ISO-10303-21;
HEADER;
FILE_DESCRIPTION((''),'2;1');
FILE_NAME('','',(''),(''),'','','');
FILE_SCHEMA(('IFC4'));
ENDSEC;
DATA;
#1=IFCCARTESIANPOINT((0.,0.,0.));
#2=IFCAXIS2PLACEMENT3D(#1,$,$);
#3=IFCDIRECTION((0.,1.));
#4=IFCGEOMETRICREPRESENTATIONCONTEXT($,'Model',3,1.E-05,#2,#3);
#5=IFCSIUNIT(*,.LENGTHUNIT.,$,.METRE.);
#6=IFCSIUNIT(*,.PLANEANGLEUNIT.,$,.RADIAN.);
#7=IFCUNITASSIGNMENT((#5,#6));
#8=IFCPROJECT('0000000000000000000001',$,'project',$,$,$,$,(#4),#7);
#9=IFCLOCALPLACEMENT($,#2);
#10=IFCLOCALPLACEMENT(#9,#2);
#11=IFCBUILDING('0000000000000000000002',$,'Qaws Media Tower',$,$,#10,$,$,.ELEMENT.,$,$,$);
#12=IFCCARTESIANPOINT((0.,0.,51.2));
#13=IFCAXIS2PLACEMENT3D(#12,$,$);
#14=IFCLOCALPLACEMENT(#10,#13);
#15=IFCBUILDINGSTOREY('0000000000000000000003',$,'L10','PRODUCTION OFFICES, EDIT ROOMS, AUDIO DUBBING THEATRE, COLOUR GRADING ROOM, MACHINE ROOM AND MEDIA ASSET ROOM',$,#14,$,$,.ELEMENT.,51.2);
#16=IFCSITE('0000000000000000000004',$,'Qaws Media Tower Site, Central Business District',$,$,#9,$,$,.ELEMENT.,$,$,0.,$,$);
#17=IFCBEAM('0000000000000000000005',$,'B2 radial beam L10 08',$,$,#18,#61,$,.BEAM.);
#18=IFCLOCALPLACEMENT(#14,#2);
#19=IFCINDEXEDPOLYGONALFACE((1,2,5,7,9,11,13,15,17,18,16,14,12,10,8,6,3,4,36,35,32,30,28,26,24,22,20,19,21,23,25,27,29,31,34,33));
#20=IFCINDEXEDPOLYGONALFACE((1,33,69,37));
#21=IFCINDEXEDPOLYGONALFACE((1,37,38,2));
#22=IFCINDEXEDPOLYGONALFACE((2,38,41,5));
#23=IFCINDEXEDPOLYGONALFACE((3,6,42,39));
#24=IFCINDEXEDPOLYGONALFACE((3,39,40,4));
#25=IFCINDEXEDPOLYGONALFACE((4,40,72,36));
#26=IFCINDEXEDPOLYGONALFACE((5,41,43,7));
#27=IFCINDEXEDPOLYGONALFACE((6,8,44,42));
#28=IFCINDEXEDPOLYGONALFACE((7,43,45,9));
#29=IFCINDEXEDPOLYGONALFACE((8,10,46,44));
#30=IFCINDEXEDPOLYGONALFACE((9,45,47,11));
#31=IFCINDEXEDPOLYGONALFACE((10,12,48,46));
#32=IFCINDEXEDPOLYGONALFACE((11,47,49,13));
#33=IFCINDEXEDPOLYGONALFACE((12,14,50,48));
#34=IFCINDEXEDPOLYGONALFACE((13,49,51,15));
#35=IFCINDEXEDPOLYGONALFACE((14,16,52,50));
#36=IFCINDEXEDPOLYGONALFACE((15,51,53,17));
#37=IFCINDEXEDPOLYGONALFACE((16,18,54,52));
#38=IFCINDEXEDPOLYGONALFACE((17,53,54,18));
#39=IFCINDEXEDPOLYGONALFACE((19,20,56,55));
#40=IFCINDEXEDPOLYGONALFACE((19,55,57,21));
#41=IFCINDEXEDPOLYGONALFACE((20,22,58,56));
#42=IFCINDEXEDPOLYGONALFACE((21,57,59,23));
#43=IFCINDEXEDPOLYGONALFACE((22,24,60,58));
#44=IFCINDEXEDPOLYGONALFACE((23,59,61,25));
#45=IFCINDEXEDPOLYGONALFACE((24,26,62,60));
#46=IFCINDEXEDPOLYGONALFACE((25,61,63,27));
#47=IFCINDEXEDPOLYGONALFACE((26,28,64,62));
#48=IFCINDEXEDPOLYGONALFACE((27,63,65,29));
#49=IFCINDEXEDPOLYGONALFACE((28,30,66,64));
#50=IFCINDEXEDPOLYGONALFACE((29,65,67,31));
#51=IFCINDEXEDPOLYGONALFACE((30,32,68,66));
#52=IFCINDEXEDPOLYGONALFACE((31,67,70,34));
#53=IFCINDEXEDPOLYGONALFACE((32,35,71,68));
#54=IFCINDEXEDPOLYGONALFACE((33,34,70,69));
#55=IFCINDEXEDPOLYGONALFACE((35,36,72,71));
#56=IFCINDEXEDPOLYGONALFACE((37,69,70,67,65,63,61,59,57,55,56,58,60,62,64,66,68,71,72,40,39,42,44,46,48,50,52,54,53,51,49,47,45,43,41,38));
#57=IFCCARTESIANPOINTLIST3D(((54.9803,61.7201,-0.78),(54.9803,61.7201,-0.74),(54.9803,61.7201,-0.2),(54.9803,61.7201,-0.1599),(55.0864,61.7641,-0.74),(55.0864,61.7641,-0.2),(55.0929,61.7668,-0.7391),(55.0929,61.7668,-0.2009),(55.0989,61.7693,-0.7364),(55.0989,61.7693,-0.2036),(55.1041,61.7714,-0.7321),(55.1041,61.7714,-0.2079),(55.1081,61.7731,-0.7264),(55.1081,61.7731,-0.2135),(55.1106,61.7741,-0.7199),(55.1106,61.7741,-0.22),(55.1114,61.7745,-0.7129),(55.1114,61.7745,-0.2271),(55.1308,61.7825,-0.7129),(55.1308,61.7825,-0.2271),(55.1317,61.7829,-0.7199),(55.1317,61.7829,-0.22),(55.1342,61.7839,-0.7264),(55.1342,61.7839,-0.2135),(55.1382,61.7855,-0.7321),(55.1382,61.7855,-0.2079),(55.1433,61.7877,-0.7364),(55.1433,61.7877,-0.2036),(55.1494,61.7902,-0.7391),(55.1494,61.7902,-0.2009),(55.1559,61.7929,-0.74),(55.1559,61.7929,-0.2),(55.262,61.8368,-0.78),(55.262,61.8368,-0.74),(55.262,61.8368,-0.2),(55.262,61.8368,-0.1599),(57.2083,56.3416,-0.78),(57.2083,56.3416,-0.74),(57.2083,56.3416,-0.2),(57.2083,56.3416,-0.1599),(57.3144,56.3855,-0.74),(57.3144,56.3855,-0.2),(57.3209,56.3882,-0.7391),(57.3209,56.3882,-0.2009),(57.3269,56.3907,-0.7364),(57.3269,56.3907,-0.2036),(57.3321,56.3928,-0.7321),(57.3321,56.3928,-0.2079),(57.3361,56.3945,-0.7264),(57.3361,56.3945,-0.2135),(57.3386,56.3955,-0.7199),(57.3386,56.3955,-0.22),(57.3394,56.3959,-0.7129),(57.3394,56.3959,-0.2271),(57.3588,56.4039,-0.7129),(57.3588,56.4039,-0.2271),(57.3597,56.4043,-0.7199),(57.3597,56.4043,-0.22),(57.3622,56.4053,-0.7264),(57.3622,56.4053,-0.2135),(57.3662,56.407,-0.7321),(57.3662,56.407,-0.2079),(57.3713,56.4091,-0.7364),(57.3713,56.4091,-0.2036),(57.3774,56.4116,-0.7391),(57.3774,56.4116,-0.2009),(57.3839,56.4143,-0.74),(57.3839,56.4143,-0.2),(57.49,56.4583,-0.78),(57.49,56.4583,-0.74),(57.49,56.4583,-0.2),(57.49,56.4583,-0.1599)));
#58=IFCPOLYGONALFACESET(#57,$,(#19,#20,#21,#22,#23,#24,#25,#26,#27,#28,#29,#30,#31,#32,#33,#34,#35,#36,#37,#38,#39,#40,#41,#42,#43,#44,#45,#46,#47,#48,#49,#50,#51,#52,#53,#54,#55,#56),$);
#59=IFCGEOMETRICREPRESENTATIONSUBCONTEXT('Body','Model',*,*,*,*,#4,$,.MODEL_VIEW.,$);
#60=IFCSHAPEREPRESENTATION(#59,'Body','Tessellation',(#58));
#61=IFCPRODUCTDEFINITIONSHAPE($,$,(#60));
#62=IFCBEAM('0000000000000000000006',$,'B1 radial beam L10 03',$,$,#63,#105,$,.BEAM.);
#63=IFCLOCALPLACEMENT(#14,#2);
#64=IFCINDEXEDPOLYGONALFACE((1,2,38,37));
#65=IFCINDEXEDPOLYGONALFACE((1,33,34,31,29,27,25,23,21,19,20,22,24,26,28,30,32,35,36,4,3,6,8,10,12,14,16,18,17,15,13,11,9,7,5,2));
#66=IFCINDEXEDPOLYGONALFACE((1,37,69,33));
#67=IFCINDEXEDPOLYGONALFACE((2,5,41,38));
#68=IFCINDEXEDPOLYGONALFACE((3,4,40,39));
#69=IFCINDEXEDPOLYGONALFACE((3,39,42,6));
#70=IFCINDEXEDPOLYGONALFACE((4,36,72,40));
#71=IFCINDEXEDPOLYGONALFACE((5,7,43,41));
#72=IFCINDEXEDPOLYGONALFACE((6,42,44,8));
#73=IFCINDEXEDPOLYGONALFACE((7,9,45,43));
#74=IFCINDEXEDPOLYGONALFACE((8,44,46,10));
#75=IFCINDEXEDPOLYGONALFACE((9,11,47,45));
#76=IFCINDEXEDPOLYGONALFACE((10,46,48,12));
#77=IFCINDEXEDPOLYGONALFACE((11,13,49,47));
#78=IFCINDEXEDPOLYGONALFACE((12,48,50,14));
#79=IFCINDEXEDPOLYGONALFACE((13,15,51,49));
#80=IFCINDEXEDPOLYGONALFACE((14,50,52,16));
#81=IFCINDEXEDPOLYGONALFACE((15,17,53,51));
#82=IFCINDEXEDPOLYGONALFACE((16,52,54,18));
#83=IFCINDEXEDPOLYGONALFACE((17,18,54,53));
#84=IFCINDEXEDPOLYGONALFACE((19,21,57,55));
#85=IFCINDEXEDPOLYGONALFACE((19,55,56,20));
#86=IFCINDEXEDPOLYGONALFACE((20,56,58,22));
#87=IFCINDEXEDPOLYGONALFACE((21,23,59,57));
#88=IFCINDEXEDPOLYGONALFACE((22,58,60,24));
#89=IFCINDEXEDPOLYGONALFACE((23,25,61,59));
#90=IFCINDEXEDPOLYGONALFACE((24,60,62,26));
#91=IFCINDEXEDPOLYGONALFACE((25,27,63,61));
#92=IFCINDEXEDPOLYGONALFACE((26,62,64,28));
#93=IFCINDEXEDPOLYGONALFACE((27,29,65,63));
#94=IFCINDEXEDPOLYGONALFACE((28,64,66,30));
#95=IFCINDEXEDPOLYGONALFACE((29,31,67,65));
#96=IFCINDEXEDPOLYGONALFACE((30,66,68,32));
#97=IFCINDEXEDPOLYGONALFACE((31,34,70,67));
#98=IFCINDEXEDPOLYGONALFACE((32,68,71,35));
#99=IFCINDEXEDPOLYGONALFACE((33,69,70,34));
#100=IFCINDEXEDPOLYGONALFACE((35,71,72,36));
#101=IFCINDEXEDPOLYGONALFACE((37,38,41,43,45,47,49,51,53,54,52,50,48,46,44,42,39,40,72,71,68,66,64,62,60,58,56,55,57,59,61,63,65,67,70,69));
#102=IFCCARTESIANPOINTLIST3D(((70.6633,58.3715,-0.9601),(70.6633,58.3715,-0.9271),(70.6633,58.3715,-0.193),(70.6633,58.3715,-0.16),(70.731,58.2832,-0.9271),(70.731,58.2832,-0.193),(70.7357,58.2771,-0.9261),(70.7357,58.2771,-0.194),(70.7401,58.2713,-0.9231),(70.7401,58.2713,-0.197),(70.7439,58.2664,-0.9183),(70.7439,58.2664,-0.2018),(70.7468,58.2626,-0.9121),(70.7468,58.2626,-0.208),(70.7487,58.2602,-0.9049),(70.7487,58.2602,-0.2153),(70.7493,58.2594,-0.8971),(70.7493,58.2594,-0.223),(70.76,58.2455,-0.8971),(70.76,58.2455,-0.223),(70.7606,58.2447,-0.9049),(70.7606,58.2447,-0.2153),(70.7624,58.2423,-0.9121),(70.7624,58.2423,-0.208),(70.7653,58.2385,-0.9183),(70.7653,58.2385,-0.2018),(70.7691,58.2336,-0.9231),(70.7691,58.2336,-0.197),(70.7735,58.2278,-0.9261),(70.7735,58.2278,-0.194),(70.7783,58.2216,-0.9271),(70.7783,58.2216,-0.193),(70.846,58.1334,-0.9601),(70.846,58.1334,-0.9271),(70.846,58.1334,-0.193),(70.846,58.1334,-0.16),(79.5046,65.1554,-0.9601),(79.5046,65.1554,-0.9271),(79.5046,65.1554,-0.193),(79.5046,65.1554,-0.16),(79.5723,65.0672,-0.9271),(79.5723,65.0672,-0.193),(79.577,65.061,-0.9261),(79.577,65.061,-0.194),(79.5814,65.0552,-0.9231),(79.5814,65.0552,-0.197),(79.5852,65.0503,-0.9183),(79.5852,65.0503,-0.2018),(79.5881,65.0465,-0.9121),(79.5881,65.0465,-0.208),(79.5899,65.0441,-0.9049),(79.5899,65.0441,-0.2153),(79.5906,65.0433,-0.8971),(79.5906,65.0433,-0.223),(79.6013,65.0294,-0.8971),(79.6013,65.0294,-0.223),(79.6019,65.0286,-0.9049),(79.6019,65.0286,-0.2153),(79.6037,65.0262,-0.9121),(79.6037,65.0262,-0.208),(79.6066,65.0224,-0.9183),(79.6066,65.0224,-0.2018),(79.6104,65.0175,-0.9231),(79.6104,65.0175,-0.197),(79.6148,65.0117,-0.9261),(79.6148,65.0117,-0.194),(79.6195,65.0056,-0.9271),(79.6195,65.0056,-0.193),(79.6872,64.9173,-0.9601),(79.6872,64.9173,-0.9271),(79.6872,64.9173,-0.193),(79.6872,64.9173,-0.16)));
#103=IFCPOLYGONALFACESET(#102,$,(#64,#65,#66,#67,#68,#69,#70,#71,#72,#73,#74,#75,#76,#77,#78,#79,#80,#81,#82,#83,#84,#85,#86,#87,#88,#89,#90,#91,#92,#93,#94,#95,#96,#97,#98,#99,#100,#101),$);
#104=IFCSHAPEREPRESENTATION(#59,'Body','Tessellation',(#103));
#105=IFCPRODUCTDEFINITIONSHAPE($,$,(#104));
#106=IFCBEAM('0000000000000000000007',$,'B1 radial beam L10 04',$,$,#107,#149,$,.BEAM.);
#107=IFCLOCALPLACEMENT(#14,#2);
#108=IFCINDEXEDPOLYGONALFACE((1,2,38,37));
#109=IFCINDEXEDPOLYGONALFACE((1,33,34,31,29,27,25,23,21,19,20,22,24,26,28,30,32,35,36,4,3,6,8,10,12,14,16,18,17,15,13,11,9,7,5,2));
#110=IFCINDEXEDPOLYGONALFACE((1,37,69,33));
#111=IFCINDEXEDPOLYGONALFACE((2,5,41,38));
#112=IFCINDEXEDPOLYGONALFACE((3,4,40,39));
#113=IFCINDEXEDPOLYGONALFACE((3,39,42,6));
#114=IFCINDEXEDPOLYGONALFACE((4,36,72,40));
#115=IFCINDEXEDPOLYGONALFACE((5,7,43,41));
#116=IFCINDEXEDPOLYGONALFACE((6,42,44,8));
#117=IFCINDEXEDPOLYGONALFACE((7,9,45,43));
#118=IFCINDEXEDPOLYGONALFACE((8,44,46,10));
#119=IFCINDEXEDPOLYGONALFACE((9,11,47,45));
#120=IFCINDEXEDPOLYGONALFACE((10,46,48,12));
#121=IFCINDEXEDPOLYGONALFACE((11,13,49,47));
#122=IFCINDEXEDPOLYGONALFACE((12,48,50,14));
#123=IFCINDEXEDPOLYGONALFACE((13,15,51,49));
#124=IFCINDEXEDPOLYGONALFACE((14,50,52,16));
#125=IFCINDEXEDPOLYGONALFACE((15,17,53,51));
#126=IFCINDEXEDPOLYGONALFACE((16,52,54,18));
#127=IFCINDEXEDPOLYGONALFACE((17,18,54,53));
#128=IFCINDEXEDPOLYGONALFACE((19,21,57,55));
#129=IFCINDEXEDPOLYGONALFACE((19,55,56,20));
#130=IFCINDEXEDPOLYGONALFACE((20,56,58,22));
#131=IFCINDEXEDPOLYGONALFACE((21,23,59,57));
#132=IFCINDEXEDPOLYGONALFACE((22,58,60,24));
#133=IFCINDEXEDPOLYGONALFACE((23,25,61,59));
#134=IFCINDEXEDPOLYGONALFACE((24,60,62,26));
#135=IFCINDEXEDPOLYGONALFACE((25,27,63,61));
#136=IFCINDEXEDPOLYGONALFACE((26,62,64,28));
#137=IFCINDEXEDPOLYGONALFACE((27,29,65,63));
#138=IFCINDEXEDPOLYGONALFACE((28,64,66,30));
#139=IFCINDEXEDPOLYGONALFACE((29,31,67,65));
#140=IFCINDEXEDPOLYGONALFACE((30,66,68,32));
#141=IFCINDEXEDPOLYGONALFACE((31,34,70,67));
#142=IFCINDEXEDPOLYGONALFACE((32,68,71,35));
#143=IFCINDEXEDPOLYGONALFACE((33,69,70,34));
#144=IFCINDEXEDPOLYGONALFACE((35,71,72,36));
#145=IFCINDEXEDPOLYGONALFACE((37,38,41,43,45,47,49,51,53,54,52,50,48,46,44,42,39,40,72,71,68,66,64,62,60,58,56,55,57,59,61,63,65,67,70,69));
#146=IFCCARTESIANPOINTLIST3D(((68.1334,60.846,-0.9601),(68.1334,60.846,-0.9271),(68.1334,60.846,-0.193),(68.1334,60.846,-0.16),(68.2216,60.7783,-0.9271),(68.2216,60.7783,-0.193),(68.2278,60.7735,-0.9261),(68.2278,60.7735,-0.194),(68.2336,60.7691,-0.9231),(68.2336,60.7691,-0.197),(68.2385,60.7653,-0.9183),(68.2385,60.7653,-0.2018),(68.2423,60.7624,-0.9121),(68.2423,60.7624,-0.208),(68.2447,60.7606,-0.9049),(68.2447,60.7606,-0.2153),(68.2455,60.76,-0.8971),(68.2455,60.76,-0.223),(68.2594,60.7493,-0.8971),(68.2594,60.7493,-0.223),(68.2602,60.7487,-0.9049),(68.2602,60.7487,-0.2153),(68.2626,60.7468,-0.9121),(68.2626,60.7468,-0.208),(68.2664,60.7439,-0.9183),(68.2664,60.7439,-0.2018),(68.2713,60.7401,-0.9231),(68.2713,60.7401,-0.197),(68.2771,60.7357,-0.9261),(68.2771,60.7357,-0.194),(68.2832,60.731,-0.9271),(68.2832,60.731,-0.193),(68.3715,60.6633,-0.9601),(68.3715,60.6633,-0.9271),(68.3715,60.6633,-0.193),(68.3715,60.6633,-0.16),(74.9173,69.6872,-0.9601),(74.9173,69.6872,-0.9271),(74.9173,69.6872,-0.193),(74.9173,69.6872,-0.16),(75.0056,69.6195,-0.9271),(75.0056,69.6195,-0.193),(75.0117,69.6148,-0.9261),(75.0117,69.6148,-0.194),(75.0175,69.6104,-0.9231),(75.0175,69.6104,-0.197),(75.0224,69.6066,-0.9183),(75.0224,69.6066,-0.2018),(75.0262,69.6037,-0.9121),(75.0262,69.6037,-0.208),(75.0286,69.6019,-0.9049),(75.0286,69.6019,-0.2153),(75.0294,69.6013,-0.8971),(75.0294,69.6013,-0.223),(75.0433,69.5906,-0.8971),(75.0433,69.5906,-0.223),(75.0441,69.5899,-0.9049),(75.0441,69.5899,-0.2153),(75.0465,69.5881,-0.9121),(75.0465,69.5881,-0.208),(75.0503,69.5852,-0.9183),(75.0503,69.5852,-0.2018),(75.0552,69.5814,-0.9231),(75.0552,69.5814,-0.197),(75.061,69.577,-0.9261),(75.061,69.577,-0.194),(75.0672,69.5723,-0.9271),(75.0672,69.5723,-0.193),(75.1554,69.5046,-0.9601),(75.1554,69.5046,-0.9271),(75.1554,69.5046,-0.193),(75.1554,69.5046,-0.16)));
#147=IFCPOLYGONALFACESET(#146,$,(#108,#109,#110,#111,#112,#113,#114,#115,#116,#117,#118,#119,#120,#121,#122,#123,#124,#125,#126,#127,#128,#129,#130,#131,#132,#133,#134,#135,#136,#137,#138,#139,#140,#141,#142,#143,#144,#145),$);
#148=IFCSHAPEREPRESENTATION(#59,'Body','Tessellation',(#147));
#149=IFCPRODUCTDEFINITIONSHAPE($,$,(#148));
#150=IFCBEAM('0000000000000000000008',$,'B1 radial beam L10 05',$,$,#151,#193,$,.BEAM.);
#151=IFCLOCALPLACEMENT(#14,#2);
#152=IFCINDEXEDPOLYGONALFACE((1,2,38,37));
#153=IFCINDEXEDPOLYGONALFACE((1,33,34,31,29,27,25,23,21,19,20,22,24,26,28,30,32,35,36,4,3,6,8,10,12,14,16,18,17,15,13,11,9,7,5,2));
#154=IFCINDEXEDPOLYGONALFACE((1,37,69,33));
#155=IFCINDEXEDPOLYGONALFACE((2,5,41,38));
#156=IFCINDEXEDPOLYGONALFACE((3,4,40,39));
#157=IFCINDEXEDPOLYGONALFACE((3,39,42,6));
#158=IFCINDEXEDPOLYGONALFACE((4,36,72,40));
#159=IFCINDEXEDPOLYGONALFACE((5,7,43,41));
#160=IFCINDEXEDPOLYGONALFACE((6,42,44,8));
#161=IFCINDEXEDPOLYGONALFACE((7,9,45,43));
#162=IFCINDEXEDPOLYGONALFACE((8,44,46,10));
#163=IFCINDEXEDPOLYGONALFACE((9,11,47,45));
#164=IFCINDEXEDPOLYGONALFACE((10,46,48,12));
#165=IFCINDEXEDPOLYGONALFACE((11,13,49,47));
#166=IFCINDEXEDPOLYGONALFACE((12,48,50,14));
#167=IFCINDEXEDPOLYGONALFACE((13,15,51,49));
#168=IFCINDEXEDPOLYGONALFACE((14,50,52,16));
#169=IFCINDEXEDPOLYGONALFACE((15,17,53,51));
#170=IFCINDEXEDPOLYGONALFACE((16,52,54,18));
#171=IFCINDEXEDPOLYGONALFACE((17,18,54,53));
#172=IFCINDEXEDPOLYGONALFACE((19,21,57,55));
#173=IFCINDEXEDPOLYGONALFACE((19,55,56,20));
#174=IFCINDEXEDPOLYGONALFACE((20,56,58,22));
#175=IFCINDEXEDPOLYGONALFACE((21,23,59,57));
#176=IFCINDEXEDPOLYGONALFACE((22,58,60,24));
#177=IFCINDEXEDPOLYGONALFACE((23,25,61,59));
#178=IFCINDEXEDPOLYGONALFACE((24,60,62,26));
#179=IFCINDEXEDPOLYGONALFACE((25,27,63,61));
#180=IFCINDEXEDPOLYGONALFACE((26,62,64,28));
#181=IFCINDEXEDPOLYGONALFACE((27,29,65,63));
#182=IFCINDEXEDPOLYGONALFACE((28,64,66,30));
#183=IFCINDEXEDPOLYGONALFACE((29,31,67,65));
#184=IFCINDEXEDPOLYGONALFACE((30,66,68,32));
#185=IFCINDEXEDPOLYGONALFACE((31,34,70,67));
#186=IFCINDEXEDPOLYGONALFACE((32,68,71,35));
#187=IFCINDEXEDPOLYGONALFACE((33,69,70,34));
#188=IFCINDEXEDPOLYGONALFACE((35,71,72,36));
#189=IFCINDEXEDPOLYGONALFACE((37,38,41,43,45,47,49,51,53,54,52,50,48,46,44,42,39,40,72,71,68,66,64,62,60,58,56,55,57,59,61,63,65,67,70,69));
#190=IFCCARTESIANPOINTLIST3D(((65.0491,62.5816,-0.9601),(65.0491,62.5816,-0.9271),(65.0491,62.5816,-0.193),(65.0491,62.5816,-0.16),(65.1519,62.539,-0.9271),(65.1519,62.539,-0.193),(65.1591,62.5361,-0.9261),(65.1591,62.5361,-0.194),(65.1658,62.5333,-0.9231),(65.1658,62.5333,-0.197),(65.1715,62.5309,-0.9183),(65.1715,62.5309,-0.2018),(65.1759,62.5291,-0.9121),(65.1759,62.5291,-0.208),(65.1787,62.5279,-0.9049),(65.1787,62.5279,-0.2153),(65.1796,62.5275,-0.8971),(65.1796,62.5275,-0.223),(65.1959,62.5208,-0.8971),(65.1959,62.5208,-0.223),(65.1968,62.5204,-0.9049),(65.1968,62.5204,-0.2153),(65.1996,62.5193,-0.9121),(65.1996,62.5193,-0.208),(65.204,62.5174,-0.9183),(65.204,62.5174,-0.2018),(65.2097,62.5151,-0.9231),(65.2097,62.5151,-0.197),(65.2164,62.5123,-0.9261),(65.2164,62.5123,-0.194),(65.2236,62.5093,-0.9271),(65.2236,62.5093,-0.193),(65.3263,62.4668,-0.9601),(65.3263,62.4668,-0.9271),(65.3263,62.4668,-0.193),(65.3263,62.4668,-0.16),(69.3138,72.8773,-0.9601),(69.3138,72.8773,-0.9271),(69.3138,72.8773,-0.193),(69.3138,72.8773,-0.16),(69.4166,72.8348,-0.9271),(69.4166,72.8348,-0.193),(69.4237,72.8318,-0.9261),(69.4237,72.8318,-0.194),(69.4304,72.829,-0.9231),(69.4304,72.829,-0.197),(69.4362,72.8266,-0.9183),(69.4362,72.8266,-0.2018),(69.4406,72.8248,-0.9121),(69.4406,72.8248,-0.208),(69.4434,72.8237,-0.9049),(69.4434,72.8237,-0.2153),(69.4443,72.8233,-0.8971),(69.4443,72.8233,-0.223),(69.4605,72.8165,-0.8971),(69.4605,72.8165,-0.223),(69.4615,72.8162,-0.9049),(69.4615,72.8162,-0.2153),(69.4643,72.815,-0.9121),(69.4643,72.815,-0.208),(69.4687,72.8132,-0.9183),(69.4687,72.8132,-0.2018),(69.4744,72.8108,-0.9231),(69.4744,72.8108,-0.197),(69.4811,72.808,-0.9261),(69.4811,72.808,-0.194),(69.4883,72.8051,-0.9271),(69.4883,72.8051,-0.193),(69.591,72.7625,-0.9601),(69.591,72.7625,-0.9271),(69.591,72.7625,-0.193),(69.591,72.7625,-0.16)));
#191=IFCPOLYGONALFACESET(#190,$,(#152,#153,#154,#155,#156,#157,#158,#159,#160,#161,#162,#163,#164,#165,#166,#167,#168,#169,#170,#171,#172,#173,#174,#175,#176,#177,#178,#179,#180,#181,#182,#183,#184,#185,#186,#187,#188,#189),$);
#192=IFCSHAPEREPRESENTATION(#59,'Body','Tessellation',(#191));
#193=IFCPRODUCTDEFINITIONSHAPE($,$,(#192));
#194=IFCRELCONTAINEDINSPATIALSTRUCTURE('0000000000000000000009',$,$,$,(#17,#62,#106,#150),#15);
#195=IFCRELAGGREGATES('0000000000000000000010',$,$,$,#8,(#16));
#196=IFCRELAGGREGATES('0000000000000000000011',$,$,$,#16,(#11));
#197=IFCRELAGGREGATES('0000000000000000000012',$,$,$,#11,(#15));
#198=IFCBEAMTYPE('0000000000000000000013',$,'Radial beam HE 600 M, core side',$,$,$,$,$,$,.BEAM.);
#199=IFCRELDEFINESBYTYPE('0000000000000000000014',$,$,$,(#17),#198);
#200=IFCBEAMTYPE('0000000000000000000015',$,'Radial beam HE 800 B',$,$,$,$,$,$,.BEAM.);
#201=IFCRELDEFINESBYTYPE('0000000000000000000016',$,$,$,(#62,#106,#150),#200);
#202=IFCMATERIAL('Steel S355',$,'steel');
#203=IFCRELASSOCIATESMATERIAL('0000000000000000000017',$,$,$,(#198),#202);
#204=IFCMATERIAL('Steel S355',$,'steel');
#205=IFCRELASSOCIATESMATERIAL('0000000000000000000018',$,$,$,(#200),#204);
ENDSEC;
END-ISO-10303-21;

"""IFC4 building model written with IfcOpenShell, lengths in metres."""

from ifc_helpers import new_model, si_unit, direction, frame, origin, origin_2d, place, context, subcontext, project, spatial, i_section, extrude, material, material_profile, profile_set, type_object, element, save


model = new_model("IFC4")

# Units and contexts
model_context = context("Model", 3, precision=1e-05, world=origin(), true_north=direction((0.0, 1.0)))
body_context = subcontext(model_context, "Body", "Model", "MODEL_VIEW")
ifc_project = project(units=[si_unit("LENGTHUNIT", "METRE"), si_unit("PLANEANGLEUNIT", "RADIAN")], contexts=[model_context])

# Site, building, storey
site_placement = place(None, origin())
site = spatial("IfcSite", under=ifc_project, at=site_placement, Name="Qaws Media Tower Site, Central Business District", CompositionType="ELEMENT", RefElevation=0.0)
building_placement = place(site_placement, origin())
building = spatial("IfcBuilding", under=site, at=building_placement, Name="Qaws Media Tower", CompositionType="ELEMENT")
storey_placement = place(building_placement, frame((0.0, 0.0, 51.2)))
storey = spatial("IfcBuildingStorey", under=building, at=storey_placement, Name="L10", Description="PRODUCTION OFFICES, EDIT ROOMS, AUDIO DUBBING THEATRE, COLOUR GRADING ROOM, MACHINE ROOM AND MEDIA ASSET ROOM", CompositionType="ELEMENT", Elevation=51.2)

# Beams
ifc_material_1 = material(Name="Steel S355", Category="steel")
ifc_material_profile_1 = material_profile(ifc_material_1, i_section(OverallWidth=0.3049, OverallDepth=0.6201, WebThickness=0.021, FlangeThickness=0.04, FilletRadius=0.0271, at=origin_2d()), Name="HE 600 M")
ifc_profile_set_1 = profile_set([ifc_material_profile_1], Name="Steel S355")
beam_type_1 = type_object("IfcBeamType", Name="Radial beam HE 600 M, core side", PredefinedType="BEAM", material=ifc_profile_set_1)
beam_1_placement = place(storey_placement, frame((57.3491, 56.3999, -0.47), z_axis=(-0.3827, 0.923873, 0.0), x_axis=(-0.923873, -0.3827, 0.0)))
element("IfcBeam", 1, at=beam_1_placement, inside=storey, type_object=beam_type_1, Name="B2 radial beam L10 08", PredefinedType="BEAM", context=body_context, shape_type="SweptSolid", body=[
    extrude(i_section(OverallWidth=0.3049, OverallDepth=0.6201, WebThickness=0.021, FlangeThickness=0.04, FilletRadius=0.0271, at=origin_2d()), origin(), (0.0, 0.0, 1.0), 5.8218),
])
ifc_material_2 = material(Name="Steel S355", Category="steel")
ifc_material_profile_2 = material_profile(ifc_material_2, i_section(OverallWidth=0.3, OverallDepth=0.8, WebThickness=0.0176, FlangeThickness=0.033, FilletRadius=0.03, at=origin_2d()), Name="HE 800 B")
ifc_profile_set_2 = profile_set([ifc_material_profile_2], Name="Steel S355")
beam_type_2 = type_object("IfcBeamType", Name="Radial beam HE 800 B", PredefinedType="BEAM", material=ifc_profile_set_2)
for number, where, z_axis, x_axis, name in (
    (2, (70.7546, 58.2524, -0.5601), (0.793364, 0.608748, 0.0), (-0.608748, 0.793364, 0.0), "B1 radial beam L10 03"),
    (3, (68.2524, 60.7546, -0.5601), (0.608748, 0.793364, 0.0), (-0.793364, 0.608748, 0.0), "B1 radial beam L10 04"),
    (4, (65.1877, 62.5242, -0.5601), (0.382687, 0.923878, 0.0), (-0.923878, 0.382687, 0.0), "B1 radial beam L10 05"),
):
    element("IfcBeam", number, at=place(storey_placement, frame(where, z_axis=z_axis, x_axis=x_axis)), inside=storey, type_object=beam_type_2, Name=name, PredefinedType="BEAM", context=body_context, shape_type="SweptSolid", body=[
        extrude(i_section(OverallWidth=0.3, OverallDepth=0.8, WebThickness=0.0176, FlangeThickness=0.033, FilletRadius=0.03, at=origin_2d()), origin(), (0.0, 0.0, 1.0), 11.144),
    ])

save(model, "model.ifc")
